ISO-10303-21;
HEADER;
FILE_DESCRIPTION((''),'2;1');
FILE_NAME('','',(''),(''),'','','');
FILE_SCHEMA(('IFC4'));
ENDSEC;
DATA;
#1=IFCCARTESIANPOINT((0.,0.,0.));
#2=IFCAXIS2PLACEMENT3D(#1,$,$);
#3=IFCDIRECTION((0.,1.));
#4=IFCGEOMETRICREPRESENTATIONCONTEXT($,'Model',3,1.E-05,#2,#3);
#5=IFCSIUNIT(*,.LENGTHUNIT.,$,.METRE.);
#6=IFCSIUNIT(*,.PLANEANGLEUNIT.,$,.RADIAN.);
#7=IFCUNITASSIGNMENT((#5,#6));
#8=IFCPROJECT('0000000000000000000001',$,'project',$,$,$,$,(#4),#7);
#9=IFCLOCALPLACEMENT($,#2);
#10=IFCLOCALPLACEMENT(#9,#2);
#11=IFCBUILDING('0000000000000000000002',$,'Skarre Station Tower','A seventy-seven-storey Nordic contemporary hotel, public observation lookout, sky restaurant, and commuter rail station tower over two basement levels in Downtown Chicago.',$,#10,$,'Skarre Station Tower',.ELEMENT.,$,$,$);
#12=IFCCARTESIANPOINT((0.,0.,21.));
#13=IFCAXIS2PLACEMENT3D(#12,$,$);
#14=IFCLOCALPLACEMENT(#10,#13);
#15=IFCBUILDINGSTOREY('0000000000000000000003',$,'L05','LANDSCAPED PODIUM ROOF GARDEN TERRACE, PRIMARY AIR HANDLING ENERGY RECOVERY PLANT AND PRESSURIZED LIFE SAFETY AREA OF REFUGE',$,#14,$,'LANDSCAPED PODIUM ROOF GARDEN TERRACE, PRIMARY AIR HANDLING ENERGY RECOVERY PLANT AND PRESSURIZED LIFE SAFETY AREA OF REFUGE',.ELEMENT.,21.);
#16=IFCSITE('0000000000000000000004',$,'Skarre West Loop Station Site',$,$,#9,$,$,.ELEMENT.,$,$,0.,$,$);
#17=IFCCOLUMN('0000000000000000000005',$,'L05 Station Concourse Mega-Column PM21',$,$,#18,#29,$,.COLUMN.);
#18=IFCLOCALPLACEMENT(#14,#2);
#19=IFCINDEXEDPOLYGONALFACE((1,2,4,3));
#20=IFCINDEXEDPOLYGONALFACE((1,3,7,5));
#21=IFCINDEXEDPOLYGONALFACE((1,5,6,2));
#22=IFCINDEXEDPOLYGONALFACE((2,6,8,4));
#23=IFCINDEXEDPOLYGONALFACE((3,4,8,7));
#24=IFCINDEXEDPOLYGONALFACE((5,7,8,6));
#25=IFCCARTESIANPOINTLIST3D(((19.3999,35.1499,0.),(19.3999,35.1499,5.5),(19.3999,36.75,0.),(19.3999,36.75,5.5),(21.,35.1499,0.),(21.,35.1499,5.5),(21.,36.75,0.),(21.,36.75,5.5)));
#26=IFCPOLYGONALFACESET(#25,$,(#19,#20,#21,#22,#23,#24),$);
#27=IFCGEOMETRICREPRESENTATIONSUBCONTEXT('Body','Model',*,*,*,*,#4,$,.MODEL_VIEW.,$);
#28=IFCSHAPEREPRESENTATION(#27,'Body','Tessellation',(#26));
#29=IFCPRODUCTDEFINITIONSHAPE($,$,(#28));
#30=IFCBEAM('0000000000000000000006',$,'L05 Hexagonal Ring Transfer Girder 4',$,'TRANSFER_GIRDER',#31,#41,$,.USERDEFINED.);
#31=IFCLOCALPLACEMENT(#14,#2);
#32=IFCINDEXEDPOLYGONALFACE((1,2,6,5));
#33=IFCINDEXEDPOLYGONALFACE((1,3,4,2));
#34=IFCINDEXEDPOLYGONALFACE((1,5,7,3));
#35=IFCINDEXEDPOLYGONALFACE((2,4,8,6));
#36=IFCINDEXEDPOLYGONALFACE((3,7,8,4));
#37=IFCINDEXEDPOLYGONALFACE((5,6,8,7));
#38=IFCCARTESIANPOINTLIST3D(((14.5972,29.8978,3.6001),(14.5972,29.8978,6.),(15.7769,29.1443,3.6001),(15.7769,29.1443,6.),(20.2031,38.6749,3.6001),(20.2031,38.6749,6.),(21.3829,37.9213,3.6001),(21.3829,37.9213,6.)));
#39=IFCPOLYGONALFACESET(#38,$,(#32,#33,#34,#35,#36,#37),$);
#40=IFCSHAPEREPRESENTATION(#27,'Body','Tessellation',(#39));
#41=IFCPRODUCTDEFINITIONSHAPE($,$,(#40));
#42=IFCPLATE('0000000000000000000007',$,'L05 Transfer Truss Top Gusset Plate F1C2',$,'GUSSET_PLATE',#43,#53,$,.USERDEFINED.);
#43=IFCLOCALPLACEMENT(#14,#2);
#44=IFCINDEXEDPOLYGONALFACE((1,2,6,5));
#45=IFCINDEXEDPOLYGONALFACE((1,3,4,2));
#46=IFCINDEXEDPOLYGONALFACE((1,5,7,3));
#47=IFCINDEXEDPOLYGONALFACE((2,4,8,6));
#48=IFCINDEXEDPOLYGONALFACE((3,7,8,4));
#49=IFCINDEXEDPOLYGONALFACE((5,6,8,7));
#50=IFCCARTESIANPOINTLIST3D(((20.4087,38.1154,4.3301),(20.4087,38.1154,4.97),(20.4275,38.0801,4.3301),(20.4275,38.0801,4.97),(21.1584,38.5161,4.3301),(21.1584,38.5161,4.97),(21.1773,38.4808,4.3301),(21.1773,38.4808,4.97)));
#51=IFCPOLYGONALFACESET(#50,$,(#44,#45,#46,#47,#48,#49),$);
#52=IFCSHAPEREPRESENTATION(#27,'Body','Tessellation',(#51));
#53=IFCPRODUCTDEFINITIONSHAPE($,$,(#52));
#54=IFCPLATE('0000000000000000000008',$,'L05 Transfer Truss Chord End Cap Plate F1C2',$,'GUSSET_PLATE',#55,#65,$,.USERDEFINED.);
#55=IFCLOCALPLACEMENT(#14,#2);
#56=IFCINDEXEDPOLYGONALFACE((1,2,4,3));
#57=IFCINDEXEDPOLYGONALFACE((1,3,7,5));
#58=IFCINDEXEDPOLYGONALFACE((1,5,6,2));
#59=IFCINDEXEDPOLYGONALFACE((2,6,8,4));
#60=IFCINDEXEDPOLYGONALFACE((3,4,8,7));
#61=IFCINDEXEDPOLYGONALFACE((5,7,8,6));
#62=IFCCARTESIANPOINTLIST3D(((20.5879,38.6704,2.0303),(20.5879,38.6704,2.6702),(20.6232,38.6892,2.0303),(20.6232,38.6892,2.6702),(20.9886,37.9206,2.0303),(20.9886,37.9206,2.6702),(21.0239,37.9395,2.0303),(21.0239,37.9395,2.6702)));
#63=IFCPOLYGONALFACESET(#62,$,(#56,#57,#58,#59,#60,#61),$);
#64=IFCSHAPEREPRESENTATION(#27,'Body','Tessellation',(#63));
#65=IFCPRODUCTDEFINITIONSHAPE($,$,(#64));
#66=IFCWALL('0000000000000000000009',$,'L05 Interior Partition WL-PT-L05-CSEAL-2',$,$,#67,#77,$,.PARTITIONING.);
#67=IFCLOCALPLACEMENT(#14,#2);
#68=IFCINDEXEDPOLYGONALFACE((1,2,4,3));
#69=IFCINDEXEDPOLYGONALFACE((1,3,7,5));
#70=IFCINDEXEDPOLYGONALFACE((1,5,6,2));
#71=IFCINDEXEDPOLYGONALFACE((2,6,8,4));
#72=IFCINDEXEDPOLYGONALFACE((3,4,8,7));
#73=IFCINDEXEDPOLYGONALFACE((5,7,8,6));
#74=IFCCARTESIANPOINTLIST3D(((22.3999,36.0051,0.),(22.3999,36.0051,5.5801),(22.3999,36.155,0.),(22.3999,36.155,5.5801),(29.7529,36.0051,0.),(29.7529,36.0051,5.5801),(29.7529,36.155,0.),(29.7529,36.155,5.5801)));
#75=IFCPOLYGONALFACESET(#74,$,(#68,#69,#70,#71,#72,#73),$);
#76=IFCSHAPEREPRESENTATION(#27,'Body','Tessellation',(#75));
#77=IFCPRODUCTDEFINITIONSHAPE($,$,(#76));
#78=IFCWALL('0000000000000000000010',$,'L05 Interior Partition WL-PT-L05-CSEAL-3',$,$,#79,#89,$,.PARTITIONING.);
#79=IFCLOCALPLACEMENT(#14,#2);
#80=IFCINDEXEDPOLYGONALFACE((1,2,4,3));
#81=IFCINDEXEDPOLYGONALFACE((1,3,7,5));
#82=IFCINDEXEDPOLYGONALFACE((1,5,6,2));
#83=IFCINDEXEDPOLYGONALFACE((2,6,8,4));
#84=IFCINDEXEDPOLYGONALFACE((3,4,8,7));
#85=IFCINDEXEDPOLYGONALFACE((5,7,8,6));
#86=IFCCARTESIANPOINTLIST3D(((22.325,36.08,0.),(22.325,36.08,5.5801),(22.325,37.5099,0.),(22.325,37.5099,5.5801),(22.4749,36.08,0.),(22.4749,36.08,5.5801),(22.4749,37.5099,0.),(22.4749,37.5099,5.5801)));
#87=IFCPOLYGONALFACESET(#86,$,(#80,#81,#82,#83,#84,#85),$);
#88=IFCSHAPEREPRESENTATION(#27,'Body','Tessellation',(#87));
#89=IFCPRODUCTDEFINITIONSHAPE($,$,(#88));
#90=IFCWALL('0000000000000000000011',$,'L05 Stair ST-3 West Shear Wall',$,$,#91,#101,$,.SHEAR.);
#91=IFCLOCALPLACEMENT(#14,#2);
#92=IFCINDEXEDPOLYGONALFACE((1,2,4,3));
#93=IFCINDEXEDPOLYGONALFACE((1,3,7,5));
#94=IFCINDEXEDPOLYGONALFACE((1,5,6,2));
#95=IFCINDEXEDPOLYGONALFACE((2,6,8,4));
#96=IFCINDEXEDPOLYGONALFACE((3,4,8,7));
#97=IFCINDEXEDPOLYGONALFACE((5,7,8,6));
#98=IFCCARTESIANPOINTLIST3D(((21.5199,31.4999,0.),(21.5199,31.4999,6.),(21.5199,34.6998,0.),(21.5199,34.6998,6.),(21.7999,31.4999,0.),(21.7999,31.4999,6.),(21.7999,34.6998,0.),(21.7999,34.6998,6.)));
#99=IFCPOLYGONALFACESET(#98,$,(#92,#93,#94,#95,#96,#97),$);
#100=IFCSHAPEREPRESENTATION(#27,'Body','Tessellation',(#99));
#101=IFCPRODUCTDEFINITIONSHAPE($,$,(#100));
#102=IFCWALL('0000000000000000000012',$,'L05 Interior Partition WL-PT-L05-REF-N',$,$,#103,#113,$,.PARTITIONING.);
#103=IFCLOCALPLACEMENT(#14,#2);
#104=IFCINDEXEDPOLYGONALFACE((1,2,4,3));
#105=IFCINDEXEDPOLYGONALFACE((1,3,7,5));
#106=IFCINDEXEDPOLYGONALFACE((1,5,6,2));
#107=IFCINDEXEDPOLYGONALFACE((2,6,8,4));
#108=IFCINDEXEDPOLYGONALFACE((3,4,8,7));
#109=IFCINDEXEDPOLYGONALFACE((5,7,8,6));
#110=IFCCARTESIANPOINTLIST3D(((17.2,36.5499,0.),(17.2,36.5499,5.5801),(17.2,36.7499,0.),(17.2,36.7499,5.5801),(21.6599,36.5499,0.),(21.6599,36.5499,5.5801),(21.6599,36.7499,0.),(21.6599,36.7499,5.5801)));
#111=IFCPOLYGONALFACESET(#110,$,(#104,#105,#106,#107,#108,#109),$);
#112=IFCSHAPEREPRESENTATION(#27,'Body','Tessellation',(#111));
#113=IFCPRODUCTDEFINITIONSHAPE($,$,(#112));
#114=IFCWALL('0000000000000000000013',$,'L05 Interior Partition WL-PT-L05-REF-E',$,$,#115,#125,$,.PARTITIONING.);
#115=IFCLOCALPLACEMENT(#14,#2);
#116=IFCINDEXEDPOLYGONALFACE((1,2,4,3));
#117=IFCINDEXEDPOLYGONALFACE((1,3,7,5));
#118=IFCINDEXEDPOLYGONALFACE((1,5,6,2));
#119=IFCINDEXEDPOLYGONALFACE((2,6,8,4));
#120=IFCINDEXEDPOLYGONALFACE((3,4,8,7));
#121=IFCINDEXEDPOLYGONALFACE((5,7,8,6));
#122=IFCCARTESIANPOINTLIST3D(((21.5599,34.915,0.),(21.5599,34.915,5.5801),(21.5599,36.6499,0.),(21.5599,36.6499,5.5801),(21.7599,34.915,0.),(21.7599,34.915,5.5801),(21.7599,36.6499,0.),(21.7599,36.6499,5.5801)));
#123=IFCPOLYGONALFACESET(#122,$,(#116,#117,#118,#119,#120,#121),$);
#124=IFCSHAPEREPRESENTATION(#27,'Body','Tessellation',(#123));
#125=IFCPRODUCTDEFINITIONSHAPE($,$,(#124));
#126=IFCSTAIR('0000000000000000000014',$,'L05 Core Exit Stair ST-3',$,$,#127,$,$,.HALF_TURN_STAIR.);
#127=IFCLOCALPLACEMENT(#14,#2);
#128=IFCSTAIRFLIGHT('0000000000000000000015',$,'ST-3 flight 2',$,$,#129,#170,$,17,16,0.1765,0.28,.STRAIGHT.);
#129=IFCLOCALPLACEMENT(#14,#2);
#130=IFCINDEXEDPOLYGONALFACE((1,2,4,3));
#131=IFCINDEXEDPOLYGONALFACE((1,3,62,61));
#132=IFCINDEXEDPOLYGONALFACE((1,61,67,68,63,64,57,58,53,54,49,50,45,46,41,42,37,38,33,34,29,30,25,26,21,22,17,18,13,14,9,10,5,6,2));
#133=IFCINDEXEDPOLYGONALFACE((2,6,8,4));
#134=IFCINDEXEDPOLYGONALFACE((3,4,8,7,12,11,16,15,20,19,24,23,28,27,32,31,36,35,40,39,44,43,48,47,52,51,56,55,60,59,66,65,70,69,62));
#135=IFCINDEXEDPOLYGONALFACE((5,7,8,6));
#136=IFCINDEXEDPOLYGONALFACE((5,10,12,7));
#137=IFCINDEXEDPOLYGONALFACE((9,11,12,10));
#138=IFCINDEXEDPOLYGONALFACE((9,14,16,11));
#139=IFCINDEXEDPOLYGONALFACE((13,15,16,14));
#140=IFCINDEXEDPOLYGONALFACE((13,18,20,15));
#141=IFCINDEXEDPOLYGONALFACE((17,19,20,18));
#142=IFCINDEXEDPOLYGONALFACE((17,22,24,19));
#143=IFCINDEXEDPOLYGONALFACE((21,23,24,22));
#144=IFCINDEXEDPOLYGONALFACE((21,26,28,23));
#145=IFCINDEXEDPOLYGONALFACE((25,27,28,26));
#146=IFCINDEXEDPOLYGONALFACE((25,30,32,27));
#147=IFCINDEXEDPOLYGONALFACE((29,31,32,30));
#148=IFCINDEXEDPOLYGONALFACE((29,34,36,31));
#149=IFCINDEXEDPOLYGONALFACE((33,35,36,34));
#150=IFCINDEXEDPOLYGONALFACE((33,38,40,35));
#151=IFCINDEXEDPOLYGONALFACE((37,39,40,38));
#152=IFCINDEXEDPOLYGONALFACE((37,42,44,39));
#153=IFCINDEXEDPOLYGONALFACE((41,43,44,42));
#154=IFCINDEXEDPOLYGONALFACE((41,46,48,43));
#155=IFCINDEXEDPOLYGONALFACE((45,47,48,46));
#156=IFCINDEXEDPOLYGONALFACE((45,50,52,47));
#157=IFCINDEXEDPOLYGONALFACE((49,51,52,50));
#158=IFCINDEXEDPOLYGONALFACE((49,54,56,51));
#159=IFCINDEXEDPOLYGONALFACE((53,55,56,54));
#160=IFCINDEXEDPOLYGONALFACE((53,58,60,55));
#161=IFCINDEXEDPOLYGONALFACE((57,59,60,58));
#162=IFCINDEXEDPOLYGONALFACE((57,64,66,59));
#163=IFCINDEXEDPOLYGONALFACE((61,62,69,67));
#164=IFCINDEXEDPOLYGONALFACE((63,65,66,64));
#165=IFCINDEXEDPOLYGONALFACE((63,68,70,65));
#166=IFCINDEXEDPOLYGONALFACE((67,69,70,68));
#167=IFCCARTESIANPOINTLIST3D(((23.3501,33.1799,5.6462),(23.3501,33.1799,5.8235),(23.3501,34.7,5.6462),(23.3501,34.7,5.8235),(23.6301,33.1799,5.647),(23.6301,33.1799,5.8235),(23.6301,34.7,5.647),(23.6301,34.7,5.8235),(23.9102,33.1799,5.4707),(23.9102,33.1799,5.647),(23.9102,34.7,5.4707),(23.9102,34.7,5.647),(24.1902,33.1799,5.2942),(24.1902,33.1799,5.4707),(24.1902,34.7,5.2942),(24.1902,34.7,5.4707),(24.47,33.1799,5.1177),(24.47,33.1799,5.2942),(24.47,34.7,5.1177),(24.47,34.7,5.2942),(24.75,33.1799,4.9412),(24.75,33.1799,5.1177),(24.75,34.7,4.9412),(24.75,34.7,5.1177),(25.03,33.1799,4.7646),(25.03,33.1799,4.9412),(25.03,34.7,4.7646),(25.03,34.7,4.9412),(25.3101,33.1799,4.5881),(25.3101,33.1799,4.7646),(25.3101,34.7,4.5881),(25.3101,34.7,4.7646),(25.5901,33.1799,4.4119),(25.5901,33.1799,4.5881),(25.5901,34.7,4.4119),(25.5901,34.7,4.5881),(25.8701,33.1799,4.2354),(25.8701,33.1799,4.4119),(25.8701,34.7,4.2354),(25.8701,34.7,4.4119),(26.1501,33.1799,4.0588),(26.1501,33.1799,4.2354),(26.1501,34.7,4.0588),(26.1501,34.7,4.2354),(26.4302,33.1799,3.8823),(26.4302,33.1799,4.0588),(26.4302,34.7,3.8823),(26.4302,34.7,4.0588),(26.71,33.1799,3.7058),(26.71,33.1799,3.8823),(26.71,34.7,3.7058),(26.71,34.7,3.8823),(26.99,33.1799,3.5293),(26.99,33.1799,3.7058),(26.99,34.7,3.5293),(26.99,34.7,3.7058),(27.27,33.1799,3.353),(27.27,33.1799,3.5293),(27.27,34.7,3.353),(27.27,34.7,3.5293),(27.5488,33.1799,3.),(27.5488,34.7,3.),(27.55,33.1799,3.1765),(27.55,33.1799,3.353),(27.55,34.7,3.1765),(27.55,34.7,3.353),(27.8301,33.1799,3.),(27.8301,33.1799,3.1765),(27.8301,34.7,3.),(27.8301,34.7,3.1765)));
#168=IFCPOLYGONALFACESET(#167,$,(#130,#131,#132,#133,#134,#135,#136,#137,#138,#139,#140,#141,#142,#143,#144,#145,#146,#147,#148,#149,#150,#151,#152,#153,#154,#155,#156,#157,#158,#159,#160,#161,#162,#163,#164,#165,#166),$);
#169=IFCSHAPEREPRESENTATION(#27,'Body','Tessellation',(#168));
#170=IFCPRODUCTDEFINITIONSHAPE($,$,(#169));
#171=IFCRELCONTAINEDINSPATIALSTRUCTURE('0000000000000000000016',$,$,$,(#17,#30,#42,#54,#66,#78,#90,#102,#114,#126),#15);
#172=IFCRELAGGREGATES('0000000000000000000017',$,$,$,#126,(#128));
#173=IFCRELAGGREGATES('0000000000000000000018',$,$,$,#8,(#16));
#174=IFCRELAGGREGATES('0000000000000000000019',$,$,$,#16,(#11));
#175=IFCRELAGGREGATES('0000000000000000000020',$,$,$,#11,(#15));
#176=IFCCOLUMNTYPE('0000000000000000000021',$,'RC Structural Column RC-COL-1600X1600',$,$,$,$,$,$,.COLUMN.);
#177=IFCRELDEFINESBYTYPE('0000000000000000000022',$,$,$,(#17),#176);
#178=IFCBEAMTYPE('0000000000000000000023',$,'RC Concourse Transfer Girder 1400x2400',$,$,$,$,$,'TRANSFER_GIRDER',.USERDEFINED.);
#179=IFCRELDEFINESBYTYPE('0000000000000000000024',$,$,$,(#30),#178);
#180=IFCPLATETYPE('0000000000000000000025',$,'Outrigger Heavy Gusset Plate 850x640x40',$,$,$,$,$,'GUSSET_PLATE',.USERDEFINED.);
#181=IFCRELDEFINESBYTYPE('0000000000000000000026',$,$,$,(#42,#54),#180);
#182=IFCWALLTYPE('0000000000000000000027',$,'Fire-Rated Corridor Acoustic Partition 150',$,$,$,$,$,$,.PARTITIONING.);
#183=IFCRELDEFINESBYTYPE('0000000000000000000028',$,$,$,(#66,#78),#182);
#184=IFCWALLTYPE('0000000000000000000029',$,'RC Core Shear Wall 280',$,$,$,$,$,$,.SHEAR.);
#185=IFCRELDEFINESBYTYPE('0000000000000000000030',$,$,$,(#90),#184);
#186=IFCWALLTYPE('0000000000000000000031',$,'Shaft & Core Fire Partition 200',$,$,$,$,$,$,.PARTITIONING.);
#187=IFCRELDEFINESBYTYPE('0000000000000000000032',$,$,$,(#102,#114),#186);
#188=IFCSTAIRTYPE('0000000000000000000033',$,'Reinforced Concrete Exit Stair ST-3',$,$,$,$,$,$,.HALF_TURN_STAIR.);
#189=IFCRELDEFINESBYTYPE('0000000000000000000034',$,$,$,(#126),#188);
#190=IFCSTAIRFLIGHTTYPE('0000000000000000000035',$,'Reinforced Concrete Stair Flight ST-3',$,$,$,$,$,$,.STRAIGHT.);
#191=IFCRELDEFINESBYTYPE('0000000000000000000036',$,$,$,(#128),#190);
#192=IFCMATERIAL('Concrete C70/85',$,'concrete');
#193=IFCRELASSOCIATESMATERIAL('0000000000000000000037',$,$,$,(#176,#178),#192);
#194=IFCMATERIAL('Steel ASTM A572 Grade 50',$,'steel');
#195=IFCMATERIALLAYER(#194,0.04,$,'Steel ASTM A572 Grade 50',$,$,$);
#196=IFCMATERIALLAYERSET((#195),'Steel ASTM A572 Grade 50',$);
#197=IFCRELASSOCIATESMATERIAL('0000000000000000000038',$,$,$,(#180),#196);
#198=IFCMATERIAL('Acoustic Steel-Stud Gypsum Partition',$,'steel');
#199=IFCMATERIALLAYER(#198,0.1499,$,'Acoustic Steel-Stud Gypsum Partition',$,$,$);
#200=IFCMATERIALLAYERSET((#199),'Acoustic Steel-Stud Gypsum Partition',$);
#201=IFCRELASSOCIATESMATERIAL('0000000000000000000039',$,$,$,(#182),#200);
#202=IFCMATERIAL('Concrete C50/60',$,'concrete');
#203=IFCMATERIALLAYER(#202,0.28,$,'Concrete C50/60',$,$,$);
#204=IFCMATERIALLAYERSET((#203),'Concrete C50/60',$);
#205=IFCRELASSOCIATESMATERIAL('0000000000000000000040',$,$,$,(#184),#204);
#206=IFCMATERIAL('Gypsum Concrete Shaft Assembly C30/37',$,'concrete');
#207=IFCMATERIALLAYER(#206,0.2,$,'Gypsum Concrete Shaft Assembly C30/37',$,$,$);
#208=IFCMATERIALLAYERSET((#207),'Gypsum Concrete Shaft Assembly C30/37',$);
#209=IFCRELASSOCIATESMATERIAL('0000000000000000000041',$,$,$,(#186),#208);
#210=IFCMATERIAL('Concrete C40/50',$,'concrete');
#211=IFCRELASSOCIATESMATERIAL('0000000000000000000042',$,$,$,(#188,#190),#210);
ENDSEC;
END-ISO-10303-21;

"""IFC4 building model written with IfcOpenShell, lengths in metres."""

from ifc_helpers import new_model, si_unit, direction, frame, frame_2d, origin, origin_2d, place, context, subcontext, project, spatial, polyline, rectangle, outline, extrude, material, layer, layer_set, material_profile, profile_set, type_object, element, aggregate, save


model = new_model("IFC4")

# Units and contexts
model_context = context("Model", 3, precision=1e-05, world=origin(), true_north=direction((0.0, 1.0)))
body_context = subcontext(model_context, "Body", "Model", "MODEL_VIEW")
ifc_project = project(units=[si_unit("LENGTHUNIT", "METRE"), si_unit("PLANEANGLEUNIT", "RADIAN")], contexts=[model_context])

# Site, building, storey
site_placement = place(None, origin())
site = spatial("IfcSite", under=ifc_project, at=site_placement, Name="Skarre West Loop Station Site", CompositionType="ELEMENT", RefElevation=0.0)
building_placement = place(site_placement, origin())
building = spatial("IfcBuilding", under=site, at=building_placement, Name="Skarre Station Tower", Description="A seventy-seven-storey Nordic contemporary hotel, public observation lookout, sky restaurant, and commuter rail station tower over two basement levels in Downtown Chicago.", LongName="Skarre Station Tower", CompositionType="ELEMENT")
storey_placement = place(building_placement, frame((0.0, 0.0, 21.0)))
storey = spatial("IfcBuildingStorey", under=building, at=storey_placement, Name="L05", Description="LANDSCAPED PODIUM ROOF GARDEN TERRACE, PRIMARY AIR HANDLING ENERGY RECOVERY PLANT AND PRESSURIZED LIFE SAFETY AREA OF REFUGE", LongName="LANDSCAPED PODIUM ROOF GARDEN TERRACE, PRIMARY AIR HANDLING ENERGY RECOVERY PLANT AND PRESSURIZED LIFE SAFETY AREA OF REFUGE", CompositionType="ELEMENT", Elevation=21.0)

# Column
ifc_material_1 = material(Name="Concrete C70/85", Category="concrete")
ifc_material_profile_1 = material_profile(ifc_material_1, rectangle(XDim=1.6001, YDim=1.6001, at=origin_2d()), Name="Concrete C70/85")
ifc_profile_set_1 = profile_set([ifc_material_profile_1], Name="Concrete C70/85")
column_type = type_object("IfcColumnType", Name="RC Structural Column RC-COL-1600X1600", PredefinedType="COLUMN", material=ifc_profile_set_1)
column_placement = place(storey_placement, frame((20.2, 35.95, 0.0), z_axis=(0.0, 0.0, 1.0), x_axis=(1.0, 0.0, 0.0)))
element("IfcColumn", 1, at=column_placement, inside=storey, type_object=column_type, Name="L05 Station Concourse Mega-Column PM21", PredefinedType="COLUMN", context=body_context, shape_type="SweptSolid", body=[
    extrude(rectangle(XDim=1.6001, YDim=1.6001, at=origin_2d()), origin(), (0.0, 0.0, 1.0), 5.5),
])

# Beam
ifc_material_profile_2 = material_profile(ifc_material_1, rectangle(XDim=1.3999, YDim=2.3999, at=origin_2d()), Name="Concrete C70/85")
ifc_profile_set_2 = profile_set([ifc_material_profile_2], Name="Concrete C70/85")
beam_type = type_object("IfcBeamType", Name="RC Concourse Transfer Girder 1400x2400", ElementType="TRANSFER_GIRDER", PredefinedType="USERDEFINED", material=ifc_profile_set_2)
beam_placement = place(storey_placement, frame((20.793, 38.2981, 4.8), z_axis=(-0.538278, -0.842767, 0.0), x_axis=(0.842767, -0.538278, 0.0)))
element("IfcBeam", 2, at=beam_placement, inside=storey, type_object=beam_type, Name="L05 Hexagonal Ring Transfer Girder 4", ObjectType="TRANSFER_GIRDER", PredefinedType="USERDEFINED", context=body_context, shape_type="SweptSolid", body=[
    extrude(rectangle(XDim=1.3999, YDim=2.3999, at=origin_2d()), origin(), (0.0, 0.0, 1.0), 10.4146),
])

# Plates
ifc_material_2 = material(Name="Steel ASTM A572 Grade 50", Category="steel")
ifc_layer_1 = layer(ifc_material_2, 0.04, Name="Steel ASTM A572 Grade 50")
ifc_layer_set_1 = layer_set([ifc_layer_1], Name="Steel ASTM A572 Grade 50")
plate_type = type_object("IfcPlateType", Name="Outrigger Heavy Gusset Plate 850x640x40", ElementType="GUSSET_PLATE", PredefinedType="USERDEFINED", material=ifc_layer_set_1)
plate_1_placement = place(storey_placement, frame((20.793, 38.2981, 4.3301), z_axis=(0.0, 0.0, 1.0), x_axis=(0.881929, 0.471381, 0.0)))
element("IfcPlate", 3, at=plate_1_placement, inside=storey, type_object=plate_type, Name="L05 Transfer Truss Top Gusset Plate F1C2", ObjectType="GUSSET_PLATE", PredefinedType="USERDEFINED", context=body_context, shape_type="SweptSolid", body=[
    extrude(rectangle(XDim=0.8501, YDim=0.04, at=origin_2d()), origin(), (0.0, 0.0, 1.0), 0.6399),
])
plate_2_placement = place(storey_placement, frame((20.8059, 38.3049, 2.0303), z_axis=(0.0, 0.0, 1.0), x_axis=(0.881929, 0.471381, 0.0)))
element("IfcPlate", 4, at=plate_2_placement, inside=storey, type_object=plate_type, Name="L05 Transfer Truss Chord End Cap Plate F1C2", ObjectType="GUSSET_PLATE", PredefinedType="USERDEFINED", context=body_context, shape_type="SweptSolid", body=[
    extrude(rectangle(XDim=0.04, YDim=0.8501, at=origin_2d()), origin(), (0.0, 0.0, 1.0), 0.6399),
])

# Walls
ifc_material_3 = material(Name="Acoustic Steel-Stud Gypsum Partition", Category="steel")
ifc_layer_2 = layer(ifc_material_3, 0.1499, Name="Acoustic Steel-Stud Gypsum Partition")
ifc_layer_set_2 = layer_set([ifc_layer_2], Name="Acoustic Steel-Stud Gypsum Partition")
wall_type_1 = type_object("IfcWallType", Name="Fire-Rated Corridor Acoustic Partition 150", PredefinedType="PARTITIONING", material=ifc_layer_set_2)
wall_1_placement = place(storey_placement, frame((29.7529, 36.0801, 0.0), z_axis=(0.0, 0.0, 1.0), x_axis=(-1.0, 0.0, 0.0)))
element("IfcWall", 5, at=wall_1_placement, inside=storey, type_object=wall_type_1, Name="L05 Interior Partition WL-PT-L05-CSEAL-2", PredefinedType="PARTITIONING", context=body_context, shape_type="SweptSolid", body=[
    extrude(rectangle(XDim=7.353, YDim=0.1499, at=frame_2d((3.6765, 0.0))), origin(), (0.0, 0.0, 1.0), 5.5801),
])
wall_2_placement = place(storey_placement, frame((22.3999, 36.0801, 0.0), z_axis=(0.0, 0.0, 1.0), x_axis=(0.0, 1.0, 0.0)))
element("IfcWall", 6, at=wall_2_placement, inside=storey, type_object=wall_type_1, Name="L05 Interior Partition WL-PT-L05-CSEAL-3", PredefinedType="PARTITIONING", context=body_context, shape_type="SweptSolid", body=[
    extrude(rectangle(XDim=1.4299, YDim=0.1499, at=frame_2d((0.7148, 0.0))), origin(), (0.0, 0.0, 1.0), 5.5801),
])
ifc_material_4 = material(Name="Concrete C50/60", Category="concrete")
ifc_layer_3 = layer(ifc_material_4, 0.28, Name="Concrete C50/60")
ifc_layer_set_3 = layer_set([ifc_layer_3], Name="Concrete C50/60")
wall_type_2 = type_object("IfcWallType", Name="RC Core Shear Wall 280", PredefinedType="SHEAR", material=ifc_layer_set_3)
wall_3_placement = place(storey_placement, frame((21.6599, 34.7, 0.0), z_axis=(0.0, 0.0, 1.0), x_axis=(0.0, -1.0, 0.0)))
element("IfcWall", 7, at=wall_3_placement, inside=storey, type_object=wall_type_2, Name="L05 Stair ST-3 West Shear Wall", PredefinedType="SHEAR", context=body_context, shape_type="SweptSolid", body=[
    extrude(rectangle(XDim=3.2, YDim=0.28, at=frame_2d((1.6001, 0.0))), origin(), (0.0, 0.0, 1.0), 6.0),
])
ifc_material_5 = material(Name="Gypsum Concrete Shaft Assembly C30/37", Category="concrete")
ifc_layer_4 = layer(ifc_material_5, 0.2, Name="Gypsum Concrete Shaft Assembly C30/37")
ifc_layer_set_4 = layer_set([ifc_layer_4], Name="Gypsum Concrete Shaft Assembly C30/37")
wall_type_3 = type_object("IfcWallType", Name="Shaft & Core Fire Partition 200", PredefinedType="PARTITIONING", material=ifc_layer_set_4)
wall_4_placement = place(storey_placement, frame((21.6599, 36.6499, 0.0), z_axis=(0.0, 0.0, 1.0), x_axis=(-1.0, 0.0, 0.0)))
element("IfcWall", 8, at=wall_4_placement, inside=storey, type_object=wall_type_3, Name="L05 Interior Partition WL-PT-L05-REF-N", PredefinedType="PARTITIONING", context=body_context, shape_type="SweptSolid", body=[
    extrude(rectangle(XDim=4.46, YDim=0.2, at=frame_2d((2.23, 0.0))), origin(), (0.0, 0.0, 1.0), 5.5801),
])
wall_5_placement = place(storey_placement, frame((21.6599, 34.915, 0.0), z_axis=(0.0, 0.0, 1.0), x_axis=(0.0, 1.0, 0.0)))
element("IfcWall", 9, at=wall_5_placement, inside=storey, type_object=wall_type_3, Name="L05 Interior Partition WL-PT-L05-REF-E", PredefinedType="PARTITIONING", context=body_context, shape_type="SweptSolid", body=[
    extrude(rectangle(XDim=1.7349, YDim=0.2, at=frame_2d((0.8674, 0.0))), origin(), (0.0, 0.0, 1.0), 5.5801),
])

# Stair, stair flight
ifc_material_6 = material(Name="Concrete C40/50", Category="concrete")
stair_type = type_object("IfcStairType", Name="Reinforced Concrete Exit Stair ST-3", PredefinedType="HALF_TURN_STAIR", material=ifc_material_6)
stair_placement = place(storey_placement, origin())
stair = element("IfcStair", 10, at=stair_placement, inside=storey, type_object=stair_type, Name="L05 Core Exit Stair ST-3", PredefinedType="HALF_TURN_STAIR")
stair_flight_type = type_object("IfcStairFlightType", Name="Reinforced Concrete Stair Flight ST-3", PredefinedType="STRAIGHT", material=ifc_material_6)
stair_flight_placement = place(storey_placement, frame((27.8301, 33.9399, 3.0), z_axis=(0.0, 0.0, 1.0), x_axis=(-1.0, 0.0, 0.0)))
stair_flight = element("IfcStairFlight", 11, at=stair_flight_placement, type_object=stair_flight_type, Name="ST-3 flight 2", NumberOfRisers=17, NumberOfTreads=16, PredefinedType="STRAIGHT", RiserHeight=0.1765, TreadLength=0.28, context=body_context, shape_type="SweptSolid", body=[
    extrude(outline(polyline([(0.0, 0.0), (0.0, 0.1765), (0.28, 0.1765), (0.28, 0.353), (0.5601, 0.353), (0.5601, 0.5293), (0.8401, 0.5293), (0.8401, 0.7058), (1.1201, 0.7058), (1.1201, 0.8823), (1.3999, 0.8823), (1.3999, 1.0588), (1.6799, 1.0588), (1.6799, 1.2354), (1.96, 1.2354), (1.96, 1.4119), (2.24, 1.4119), (2.24, 1.5881), (2.52, 1.5881), (2.52, 1.7646), (2.8, 1.7646), (2.8, 1.9412), (3.0801, 1.9412), (3.0801, 2.1177), (3.3601, 2.1177), (3.3601, 2.2942), (3.6399, 2.2942), (3.6399, 2.4707), (3.9199, 2.4707), (3.9199, 2.647), (4.2, 2.647), (4.2, 2.8235), (4.48, 2.8235), (4.48, 3.0), (4.48, 2.6462), (0.2812, 0.0), (0.0, 0.0)])), frame((0.0, 0.76, 0.0), z_axis=(0.0, -1.0, 0.0), x_axis=(1.0, 0.0, 0.0)), (0.0, 0.0, 1.0), 1.52),
])
aggregate(stair, [stair_flight])

save(model, "model.ifc")
